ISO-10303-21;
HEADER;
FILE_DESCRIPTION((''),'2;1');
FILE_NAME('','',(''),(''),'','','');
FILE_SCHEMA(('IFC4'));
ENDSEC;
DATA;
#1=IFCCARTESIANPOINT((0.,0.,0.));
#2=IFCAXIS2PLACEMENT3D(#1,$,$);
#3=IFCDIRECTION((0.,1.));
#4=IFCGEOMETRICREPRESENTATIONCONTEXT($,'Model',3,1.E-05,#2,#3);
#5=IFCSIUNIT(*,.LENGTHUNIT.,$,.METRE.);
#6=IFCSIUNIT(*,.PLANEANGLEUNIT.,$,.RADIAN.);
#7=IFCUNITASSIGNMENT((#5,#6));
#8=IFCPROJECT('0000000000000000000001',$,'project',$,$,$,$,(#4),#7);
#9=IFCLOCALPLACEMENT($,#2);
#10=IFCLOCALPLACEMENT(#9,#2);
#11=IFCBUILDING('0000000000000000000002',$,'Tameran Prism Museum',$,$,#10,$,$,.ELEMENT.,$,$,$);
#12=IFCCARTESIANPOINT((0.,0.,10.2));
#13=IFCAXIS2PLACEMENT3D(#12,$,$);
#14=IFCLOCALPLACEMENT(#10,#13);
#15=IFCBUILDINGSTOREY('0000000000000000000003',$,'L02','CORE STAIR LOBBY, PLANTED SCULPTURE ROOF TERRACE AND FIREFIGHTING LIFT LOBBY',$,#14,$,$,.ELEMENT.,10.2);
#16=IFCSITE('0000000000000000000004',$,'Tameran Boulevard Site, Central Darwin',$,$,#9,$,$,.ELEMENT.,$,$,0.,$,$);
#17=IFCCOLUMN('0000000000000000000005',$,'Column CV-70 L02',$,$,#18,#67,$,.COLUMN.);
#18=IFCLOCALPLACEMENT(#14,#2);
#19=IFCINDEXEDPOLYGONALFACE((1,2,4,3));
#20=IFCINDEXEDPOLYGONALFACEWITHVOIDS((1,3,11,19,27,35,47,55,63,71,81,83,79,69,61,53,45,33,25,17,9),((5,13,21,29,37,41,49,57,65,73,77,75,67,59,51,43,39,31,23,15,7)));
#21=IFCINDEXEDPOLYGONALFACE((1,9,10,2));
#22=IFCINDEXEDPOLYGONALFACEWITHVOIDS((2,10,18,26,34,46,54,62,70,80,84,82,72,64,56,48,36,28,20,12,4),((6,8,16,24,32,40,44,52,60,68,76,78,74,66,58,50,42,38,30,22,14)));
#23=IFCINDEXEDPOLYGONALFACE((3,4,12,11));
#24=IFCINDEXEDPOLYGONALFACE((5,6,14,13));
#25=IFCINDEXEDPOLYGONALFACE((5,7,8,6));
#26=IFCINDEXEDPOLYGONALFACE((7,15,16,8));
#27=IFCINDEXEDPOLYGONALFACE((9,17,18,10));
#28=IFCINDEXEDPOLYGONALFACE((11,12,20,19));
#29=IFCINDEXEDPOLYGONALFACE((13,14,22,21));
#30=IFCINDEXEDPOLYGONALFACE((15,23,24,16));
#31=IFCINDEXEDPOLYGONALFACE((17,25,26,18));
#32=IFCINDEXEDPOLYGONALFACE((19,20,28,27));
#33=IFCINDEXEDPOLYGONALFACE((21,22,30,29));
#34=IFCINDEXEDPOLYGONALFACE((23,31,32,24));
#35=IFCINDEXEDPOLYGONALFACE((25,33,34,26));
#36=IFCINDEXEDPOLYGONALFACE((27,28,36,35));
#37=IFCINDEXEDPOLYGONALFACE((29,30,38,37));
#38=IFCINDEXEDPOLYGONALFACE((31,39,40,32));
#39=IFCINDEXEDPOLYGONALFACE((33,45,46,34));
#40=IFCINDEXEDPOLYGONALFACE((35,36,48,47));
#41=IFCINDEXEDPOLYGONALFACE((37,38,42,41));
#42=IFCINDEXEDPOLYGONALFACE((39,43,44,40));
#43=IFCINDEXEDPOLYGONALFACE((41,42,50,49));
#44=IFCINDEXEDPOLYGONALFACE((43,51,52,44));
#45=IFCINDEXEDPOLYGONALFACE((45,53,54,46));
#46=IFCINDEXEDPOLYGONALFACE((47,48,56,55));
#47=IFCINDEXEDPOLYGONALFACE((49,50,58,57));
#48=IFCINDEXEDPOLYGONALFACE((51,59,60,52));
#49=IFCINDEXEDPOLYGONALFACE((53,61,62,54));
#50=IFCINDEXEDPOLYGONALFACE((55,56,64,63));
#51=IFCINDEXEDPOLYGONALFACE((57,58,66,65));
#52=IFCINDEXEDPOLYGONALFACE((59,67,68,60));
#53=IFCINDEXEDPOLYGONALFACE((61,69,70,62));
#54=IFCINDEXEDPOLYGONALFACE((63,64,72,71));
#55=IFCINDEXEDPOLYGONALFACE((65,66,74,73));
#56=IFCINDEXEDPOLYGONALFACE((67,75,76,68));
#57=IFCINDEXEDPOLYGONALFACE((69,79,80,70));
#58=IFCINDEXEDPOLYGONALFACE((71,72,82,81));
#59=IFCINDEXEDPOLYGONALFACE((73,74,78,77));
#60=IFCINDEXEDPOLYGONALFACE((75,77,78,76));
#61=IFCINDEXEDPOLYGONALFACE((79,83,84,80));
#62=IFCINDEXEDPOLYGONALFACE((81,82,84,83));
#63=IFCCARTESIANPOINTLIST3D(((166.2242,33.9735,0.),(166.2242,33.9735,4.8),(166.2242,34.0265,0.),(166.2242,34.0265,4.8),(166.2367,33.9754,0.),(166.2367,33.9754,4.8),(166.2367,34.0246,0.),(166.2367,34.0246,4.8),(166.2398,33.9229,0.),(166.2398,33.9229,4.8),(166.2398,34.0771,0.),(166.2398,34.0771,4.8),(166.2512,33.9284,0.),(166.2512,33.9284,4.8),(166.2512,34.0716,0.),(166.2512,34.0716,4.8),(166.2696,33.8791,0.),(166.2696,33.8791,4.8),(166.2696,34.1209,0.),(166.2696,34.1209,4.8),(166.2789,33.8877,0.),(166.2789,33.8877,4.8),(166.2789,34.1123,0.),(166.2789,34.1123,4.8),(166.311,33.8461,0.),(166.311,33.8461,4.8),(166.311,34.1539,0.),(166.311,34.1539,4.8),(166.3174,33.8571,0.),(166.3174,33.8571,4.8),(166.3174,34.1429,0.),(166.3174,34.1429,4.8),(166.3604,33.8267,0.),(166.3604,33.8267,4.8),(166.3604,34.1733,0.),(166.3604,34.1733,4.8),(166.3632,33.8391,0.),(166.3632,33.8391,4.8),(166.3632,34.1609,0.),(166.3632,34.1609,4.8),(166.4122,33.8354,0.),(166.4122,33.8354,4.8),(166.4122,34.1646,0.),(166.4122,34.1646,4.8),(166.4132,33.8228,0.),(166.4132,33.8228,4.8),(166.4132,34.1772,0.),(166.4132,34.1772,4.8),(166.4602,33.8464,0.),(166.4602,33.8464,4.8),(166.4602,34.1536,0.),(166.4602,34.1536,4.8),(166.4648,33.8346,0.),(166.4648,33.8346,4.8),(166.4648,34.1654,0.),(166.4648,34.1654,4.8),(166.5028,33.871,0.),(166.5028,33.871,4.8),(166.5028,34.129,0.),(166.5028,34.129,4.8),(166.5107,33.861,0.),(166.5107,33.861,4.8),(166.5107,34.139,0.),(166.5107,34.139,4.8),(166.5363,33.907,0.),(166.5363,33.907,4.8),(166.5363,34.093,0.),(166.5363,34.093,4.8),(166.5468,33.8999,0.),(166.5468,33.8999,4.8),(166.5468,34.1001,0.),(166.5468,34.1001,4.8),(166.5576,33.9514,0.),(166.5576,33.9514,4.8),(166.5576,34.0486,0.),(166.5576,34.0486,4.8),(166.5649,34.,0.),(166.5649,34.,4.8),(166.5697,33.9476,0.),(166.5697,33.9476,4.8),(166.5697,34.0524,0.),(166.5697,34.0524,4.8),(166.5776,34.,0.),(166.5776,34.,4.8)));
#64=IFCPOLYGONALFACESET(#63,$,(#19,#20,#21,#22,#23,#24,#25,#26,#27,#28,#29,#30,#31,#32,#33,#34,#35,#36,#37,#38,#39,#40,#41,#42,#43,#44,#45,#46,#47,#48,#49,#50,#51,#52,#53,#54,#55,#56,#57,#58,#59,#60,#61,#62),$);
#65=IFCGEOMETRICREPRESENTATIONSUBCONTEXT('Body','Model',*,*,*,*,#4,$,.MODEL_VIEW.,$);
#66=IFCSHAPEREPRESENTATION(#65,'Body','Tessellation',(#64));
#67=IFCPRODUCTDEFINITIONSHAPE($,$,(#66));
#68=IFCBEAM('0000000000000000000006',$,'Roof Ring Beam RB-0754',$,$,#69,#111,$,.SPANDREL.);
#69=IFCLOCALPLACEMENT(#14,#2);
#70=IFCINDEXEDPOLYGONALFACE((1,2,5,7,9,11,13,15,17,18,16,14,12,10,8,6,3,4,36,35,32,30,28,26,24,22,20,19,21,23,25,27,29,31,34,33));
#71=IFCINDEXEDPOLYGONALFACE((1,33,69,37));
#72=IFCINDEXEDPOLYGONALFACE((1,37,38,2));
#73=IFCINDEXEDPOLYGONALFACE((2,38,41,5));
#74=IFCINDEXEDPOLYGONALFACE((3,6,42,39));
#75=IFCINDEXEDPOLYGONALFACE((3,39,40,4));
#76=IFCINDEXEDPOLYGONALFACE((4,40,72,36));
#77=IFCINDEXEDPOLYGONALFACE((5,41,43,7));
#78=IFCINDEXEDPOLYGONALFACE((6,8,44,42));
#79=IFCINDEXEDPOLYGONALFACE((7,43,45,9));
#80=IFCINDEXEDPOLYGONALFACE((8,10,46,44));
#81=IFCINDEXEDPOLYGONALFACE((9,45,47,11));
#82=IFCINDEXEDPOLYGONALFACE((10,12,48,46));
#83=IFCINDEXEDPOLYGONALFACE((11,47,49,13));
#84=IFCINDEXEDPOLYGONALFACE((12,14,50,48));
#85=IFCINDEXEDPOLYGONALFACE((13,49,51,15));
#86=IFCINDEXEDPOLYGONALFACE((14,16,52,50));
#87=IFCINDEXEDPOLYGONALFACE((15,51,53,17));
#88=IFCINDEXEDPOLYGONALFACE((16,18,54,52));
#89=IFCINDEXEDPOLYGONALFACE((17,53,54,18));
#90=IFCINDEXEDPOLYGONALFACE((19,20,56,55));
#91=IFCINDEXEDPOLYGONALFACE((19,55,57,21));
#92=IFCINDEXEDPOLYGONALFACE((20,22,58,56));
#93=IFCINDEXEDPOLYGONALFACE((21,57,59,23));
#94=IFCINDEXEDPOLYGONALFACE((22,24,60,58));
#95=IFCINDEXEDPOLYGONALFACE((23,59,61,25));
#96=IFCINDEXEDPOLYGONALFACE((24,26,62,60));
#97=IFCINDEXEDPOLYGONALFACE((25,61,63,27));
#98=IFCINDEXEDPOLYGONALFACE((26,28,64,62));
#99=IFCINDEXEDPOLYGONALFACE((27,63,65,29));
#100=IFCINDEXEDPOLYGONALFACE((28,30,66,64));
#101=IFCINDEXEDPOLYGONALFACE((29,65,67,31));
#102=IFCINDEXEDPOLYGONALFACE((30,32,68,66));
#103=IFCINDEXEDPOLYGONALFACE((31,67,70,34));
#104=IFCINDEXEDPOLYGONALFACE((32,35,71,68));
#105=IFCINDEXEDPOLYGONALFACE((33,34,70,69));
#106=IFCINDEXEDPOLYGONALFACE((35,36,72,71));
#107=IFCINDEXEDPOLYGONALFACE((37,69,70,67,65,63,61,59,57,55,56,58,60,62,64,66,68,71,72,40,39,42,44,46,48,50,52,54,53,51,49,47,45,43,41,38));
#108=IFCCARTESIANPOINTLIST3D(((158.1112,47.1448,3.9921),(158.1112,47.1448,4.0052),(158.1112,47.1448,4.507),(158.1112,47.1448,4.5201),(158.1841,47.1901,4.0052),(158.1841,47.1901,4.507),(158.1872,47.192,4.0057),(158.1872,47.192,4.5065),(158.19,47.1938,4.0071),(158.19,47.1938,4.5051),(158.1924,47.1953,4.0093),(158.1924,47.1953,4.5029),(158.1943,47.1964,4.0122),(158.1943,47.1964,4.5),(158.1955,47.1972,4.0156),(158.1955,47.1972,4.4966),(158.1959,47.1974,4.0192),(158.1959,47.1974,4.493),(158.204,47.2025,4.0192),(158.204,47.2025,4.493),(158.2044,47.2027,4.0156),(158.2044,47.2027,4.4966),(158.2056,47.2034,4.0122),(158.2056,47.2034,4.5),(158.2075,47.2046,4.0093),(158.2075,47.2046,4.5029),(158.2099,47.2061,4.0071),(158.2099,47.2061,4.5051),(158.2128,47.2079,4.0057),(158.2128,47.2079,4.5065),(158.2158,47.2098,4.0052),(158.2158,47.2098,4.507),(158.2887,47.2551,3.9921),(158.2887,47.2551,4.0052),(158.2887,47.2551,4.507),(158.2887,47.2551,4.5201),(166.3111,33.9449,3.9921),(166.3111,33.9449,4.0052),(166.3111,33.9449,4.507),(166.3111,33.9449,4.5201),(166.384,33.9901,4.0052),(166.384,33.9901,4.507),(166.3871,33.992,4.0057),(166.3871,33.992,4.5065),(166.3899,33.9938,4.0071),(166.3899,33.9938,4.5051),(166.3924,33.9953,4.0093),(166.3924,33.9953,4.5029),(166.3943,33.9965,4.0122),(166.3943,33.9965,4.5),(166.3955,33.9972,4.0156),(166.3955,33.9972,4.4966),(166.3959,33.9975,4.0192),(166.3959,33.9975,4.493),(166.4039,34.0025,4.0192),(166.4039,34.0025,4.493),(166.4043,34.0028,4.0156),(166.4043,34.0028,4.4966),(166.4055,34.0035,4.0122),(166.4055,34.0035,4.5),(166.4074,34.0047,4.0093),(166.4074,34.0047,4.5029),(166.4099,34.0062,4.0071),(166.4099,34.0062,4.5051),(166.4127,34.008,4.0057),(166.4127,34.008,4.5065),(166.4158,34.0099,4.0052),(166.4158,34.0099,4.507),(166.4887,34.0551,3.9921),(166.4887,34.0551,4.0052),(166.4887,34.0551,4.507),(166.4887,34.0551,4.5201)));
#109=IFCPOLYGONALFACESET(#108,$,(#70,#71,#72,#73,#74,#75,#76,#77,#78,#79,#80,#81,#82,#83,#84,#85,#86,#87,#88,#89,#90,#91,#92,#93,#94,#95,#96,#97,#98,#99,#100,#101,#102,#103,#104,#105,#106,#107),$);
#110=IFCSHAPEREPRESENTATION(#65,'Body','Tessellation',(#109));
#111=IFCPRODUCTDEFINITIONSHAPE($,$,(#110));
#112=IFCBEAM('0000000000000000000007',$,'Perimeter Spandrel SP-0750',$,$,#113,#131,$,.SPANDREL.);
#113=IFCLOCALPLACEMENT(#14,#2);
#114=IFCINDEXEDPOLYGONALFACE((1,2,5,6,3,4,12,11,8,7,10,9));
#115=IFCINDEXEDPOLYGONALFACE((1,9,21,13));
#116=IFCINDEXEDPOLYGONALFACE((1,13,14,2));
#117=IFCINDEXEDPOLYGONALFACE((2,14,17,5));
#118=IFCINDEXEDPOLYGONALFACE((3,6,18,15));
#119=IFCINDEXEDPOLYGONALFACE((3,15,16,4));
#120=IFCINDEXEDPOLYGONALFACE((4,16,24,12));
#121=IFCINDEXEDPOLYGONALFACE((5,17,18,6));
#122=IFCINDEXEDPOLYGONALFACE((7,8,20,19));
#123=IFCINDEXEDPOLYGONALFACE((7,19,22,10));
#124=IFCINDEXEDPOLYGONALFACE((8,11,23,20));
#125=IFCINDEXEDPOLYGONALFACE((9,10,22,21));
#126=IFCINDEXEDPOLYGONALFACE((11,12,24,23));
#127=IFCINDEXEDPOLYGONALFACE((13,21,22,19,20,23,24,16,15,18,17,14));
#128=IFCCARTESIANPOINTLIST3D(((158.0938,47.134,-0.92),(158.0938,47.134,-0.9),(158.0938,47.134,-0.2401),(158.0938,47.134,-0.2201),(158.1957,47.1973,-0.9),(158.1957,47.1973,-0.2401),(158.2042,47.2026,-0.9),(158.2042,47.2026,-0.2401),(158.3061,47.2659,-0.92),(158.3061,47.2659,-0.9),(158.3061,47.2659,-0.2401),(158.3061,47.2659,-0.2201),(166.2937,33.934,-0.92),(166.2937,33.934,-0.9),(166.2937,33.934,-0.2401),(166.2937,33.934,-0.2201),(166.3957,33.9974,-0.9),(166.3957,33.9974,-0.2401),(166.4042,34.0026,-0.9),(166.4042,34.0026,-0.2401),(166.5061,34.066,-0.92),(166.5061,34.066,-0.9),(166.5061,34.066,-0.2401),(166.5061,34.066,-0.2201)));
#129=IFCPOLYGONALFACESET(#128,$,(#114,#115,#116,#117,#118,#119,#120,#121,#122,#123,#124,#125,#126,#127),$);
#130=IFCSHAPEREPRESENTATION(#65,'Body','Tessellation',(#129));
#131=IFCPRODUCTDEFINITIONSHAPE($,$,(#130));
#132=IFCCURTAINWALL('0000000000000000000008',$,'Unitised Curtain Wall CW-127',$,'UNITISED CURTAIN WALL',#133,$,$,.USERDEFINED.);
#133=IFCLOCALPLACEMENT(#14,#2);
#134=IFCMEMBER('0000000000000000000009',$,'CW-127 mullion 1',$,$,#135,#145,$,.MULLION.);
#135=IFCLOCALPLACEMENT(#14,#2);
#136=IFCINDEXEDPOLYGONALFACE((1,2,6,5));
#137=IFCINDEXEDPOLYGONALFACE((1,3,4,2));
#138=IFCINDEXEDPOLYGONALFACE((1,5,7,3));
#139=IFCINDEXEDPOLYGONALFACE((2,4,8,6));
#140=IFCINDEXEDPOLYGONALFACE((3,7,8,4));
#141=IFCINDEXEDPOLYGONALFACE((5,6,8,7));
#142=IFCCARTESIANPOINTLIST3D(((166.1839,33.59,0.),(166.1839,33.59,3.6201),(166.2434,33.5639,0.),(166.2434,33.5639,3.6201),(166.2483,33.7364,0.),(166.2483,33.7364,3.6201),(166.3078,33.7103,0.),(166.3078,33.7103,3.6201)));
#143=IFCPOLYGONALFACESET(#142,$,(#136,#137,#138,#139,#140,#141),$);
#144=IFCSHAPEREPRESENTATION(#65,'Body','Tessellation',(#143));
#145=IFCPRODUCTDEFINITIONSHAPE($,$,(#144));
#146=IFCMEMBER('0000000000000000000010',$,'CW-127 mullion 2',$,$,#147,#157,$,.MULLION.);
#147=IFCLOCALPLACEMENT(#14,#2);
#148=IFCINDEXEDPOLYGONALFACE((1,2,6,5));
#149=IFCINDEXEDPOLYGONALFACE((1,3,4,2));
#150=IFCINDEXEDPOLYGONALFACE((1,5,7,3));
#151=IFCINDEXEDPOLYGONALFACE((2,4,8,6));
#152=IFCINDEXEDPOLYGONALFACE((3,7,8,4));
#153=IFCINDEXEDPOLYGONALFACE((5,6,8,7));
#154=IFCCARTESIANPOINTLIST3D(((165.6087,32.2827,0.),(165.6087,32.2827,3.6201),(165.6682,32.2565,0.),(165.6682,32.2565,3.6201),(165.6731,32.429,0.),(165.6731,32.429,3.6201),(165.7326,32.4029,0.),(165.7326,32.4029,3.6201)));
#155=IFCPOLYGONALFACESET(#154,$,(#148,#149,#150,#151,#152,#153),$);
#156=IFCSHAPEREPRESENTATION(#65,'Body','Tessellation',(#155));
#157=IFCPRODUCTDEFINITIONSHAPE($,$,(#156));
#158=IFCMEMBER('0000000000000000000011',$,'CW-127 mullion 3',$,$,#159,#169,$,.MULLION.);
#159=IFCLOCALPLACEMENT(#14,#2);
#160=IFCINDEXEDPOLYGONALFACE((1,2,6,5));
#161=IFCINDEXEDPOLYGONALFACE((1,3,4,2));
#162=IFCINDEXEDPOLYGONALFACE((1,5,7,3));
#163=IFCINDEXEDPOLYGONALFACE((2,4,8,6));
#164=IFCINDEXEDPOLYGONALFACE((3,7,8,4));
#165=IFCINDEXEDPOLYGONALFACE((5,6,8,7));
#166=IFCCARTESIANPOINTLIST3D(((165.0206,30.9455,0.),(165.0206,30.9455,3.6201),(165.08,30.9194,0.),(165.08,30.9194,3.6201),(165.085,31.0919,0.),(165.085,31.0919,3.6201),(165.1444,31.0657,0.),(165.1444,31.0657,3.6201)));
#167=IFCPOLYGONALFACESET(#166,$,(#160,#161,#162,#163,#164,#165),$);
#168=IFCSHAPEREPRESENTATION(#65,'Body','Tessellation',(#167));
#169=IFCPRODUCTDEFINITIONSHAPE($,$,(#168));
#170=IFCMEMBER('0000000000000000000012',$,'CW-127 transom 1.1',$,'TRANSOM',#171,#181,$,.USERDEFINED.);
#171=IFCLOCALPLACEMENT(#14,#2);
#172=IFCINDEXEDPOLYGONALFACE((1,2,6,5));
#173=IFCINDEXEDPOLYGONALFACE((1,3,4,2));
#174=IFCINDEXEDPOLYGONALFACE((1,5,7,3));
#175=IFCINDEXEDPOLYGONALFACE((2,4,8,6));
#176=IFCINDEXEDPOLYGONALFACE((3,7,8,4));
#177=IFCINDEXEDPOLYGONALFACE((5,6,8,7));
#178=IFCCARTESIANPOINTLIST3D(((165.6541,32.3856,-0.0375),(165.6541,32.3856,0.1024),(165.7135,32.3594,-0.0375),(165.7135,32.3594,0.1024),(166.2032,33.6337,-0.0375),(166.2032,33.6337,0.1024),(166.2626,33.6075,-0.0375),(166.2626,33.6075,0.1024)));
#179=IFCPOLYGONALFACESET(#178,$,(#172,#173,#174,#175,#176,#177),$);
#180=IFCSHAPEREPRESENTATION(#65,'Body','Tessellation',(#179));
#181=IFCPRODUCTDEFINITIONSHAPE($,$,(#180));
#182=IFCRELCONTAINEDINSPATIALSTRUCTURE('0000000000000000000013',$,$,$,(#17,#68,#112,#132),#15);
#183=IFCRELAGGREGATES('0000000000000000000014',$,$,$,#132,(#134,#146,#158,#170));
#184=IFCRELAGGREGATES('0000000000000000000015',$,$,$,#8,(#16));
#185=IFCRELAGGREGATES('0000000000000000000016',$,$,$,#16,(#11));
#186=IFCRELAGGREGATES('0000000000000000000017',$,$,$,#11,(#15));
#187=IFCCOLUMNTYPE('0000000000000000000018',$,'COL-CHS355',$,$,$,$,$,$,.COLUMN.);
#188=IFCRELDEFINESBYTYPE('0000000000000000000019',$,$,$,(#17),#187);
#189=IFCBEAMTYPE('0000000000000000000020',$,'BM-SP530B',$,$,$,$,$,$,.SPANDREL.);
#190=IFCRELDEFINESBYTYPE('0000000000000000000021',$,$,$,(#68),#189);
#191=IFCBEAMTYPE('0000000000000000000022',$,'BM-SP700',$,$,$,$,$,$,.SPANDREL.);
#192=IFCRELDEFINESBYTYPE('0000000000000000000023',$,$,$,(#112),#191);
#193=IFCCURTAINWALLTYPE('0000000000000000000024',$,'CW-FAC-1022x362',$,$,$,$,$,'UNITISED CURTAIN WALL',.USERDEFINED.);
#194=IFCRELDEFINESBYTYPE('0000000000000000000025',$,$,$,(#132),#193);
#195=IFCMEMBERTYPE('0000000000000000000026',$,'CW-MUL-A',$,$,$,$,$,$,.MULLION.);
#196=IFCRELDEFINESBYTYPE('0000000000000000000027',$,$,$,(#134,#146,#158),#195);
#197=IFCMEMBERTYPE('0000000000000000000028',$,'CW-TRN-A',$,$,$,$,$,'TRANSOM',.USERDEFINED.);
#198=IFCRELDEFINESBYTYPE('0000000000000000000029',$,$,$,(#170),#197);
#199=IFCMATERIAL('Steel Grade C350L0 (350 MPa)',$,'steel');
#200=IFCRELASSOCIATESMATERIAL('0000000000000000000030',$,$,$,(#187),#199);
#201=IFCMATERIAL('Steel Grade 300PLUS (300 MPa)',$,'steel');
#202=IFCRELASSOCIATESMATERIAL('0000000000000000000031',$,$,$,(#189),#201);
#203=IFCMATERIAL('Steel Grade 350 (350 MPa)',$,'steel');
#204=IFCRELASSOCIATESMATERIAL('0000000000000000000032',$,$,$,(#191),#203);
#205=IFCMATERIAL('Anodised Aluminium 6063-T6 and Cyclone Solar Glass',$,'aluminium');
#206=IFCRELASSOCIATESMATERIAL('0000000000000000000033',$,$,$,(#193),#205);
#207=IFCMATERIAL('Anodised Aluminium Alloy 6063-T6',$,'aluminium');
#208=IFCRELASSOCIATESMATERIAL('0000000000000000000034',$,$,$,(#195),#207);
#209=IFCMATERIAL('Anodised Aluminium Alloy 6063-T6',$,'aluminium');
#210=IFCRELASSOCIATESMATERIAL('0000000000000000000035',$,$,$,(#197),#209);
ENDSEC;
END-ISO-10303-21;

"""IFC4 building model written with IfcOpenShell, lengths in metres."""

from ifc_helpers import new_model, si_unit, direction, frame, origin, origin_2d, place, context, subcontext, project, spatial, rectangle, hollow_circle, i_section, extrude, material, material_profile, profile_set, type_object, element, aggregate, save


model = new_model("IFC4")

# Units and contexts
model_context = context("Model", 3, precision=1e-05, world=origin(), true_north=direction((0.0, 1.0)))
body_context = subcontext(model_context, "Body", "Model", "MODEL_VIEW")
ifc_project = project(units=[si_unit("LENGTHUNIT", "METRE"), si_unit("PLANEANGLEUNIT", "RADIAN")], contexts=[model_context])

# Site, building, storey
site_placement = place(None, origin())
site = spatial("IfcSite", under=ifc_project, at=site_placement, Name="Tameran Boulevard Site, Central Darwin", CompositionType="ELEMENT", RefElevation=0.0)
building_placement = place(site_placement, origin())
building = spatial("IfcBuilding", under=site, at=building_placement, Name="Tameran Prism Museum", CompositionType="ELEMENT")
storey_placement = place(building_placement, frame((0.0, 0.0, 10.2)))
storey = spatial("IfcBuildingStorey", under=building, at=storey_placement, Name="L02", Description="CORE STAIR LOBBY, PLANTED SCULPTURE ROOF TERRACE AND FIREFIGHTING LIFT LOBBY", CompositionType="ELEMENT", Elevation=10.2)

# Column
ifc_material_1 = material(Name="Steel Grade C350L0 (350 MPa)", Category="steel")
ifc_material_profile_1 = material_profile(ifc_material_1, hollow_circle(Radius=0.1777, WallThickness=0.0127, at=origin_2d()))
ifc_profile_set_1 = profile_set([ifc_material_profile_1])
column_type = type_object("IfcColumnType", Name="COL-CHS355", PredefinedType="COLUMN", material=ifc_profile_set_1)
column_placement = place(storey_placement, frame((166.3999, 34.0, 0.0), z_axis=(0.0, 0.0, 1.0), x_axis=(1.0, 0.0, 0.0)))
element("IfcColumn", 1, at=column_placement, inside=storey, type_object=column_type, Name="Column CV-70 L02", PredefinedType="COLUMN", context=body_context, shape_type="SweptSolid", body=[
    extrude(hollow_circle(Radius=0.1777, WallThickness=0.0127, at=origin_2d()), origin(), (0.0, 0.0, 1.0), 4.8),
])

# Beams
ifc_material_2 = material(Name="Steel Grade 300PLUS (300 MPa)", Category="steel")
ifc_material_profile_2 = material_profile(ifc_material_2, i_section(OverallWidth=0.209, OverallDepth=0.5281, WebThickness=0.0095, FlangeThickness=0.0132, FilletRadius=0.0139, at=origin_2d()))
ifc_profile_set_2 = profile_set([ifc_material_profile_2])
beam_type_1 = type_object("IfcBeamType", Name="BM-SP530B", PredefinedType="SPANDREL", material=ifc_profile_set_2)
beam_1_placement = place(storey_placement, frame((166.3999, 34.0, 4.2561), z_axis=(-0.527682, 0.849442, 0.0), x_axis=(-0.849442, -0.527682, 0.0)))
element("IfcBeam", 2, at=beam_1_placement, inside=storey, type_object=beam_type_1, Name="Roof Ring Beam RB-0754", PredefinedType="SPANDREL", context=body_context, shape_type="SweptSolid", body=[
    extrude(i_section(OverallWidth=0.209, OverallDepth=0.5281, WebThickness=0.0095, FlangeThickness=0.0132, FilletRadius=0.0139, at=origin_2d()), origin(), (0.0, 0.0, 1.0), 15.5396),
])
ifc_material_3 = material(Name="Steel Grade 350 (350 MPa)", Category="steel")
ifc_material_profile_3 = material_profile(ifc_material_3, i_section(OverallWidth=0.25, OverallDepth=0.7, WebThickness=0.01, FlangeThickness=0.02, at=origin_2d()))
ifc_profile_set_3 = profile_set([ifc_material_profile_3])
beam_type_2 = type_object("IfcBeamType", Name="BM-SP700", PredefinedType="SPANDREL", material=ifc_profile_set_3)
beam_2_placement = place(storey_placement, frame((166.3999, 34.0, -0.5701), z_axis=(-0.527682, 0.849442, 0.0), x_axis=(-0.849442, -0.527682, 0.0)))
element("IfcBeam", 3, at=beam_2_placement, inside=storey, type_object=beam_type_2, Name="Perimeter Spandrel SP-0750", PredefinedType="SPANDREL", context=body_context, shape_type="SweptSolid", body=[
    extrude(i_section(OverallWidth=0.25, OverallDepth=0.7, WebThickness=0.01, FlangeThickness=0.02, at=origin_2d()), origin(), (0.0, 0.0, 1.0), 15.5396),
])

# Curtain wall, members
ifc_material_4 = material(Name="Anodised Aluminium 6063-T6 and Cyclone Solar Glass", Category="aluminium")
curtain_wall_type = type_object("IfcCurtainWallType", Name="CW-FAC-1022x362", ElementType="UNITISED CURTAIN WALL", PredefinedType="USERDEFINED", material=ifc_material_4)
curtain_wall_placement = place(storey_placement, origin())
curtain_wall = element("IfcCurtainWall", 4, at=curtain_wall_placement, inside=storey, type_object=curtain_wall_type, Name="Unitised Curtain Wall CW-127", ObjectType="UNITISED CURTAIN WALL", PredefinedType="USERDEFINED")
ifc_material_5 = material(Name="Anodised Aluminium Alloy 6063-T6", Category="aluminium")
ifc_material_profile_4 = material_profile(ifc_material_5, rectangle(XDim=0.0649, YDim=0.1599, at=origin_2d()))
ifc_profile_set_4 = profile_set([ifc_material_profile_4])
member_type_1 = type_object("IfcMemberType", Name="CW-MUL-A", PredefinedType="MULLION", material=ifc_profile_set_4)
member_1_placement = place(storey_placement, frame((166.2458, 33.6501, 0.0), z_axis=(0.0, 0.0, 1.0), x_axis=(0.915329, -0.402706, 0.0)))
member_1 = element("IfcMember", 5, at=member_1_placement, type_object=member_type_1, Name="CW-127 mullion 1", PredefinedType="MULLION", context=body_context, shape_type="SweptSolid", body=[
    extrude(rectangle(XDim=0.0649, YDim=0.1599, at=origin_2d()), origin(), (0.0, 0.0, 1.0), 3.6201),
])
member_2_placement = place(storey_placement, frame((165.6707, 32.3428, 0.0), z_axis=(0.0, 0.0, 1.0), x_axis=(0.915329, -0.402706, 0.0)))
member_2 = element("IfcMember", 6, at=member_2_placement, type_object=member_type_1, Name="CW-127 mullion 2", PredefinedType="MULLION", context=body_context, shape_type="SweptSolid", body=[
    extrude(rectangle(XDim=0.0649, YDim=0.1599, at=origin_2d()), origin(), (0.0, 0.0, 1.0), 3.6201),
])
member_3_placement = place(storey_placement, frame((165.0825, 31.0056, 0.0), z_axis=(0.0, 0.0, 1.0), x_axis=(0.915329, -0.402706, 0.0)))
member_3 = element("IfcMember", 7, at=member_3_placement, type_object=member_type_1, Name="CW-127 mullion 3", PredefinedType="MULLION", context=body_context, shape_type="SweptSolid", body=[
    extrude(rectangle(XDim=0.0649, YDim=0.1599, at=origin_2d()), origin(), (0.0, 0.0, 1.0), 3.6201),
])
ifc_material_6 = material(Name="Anodised Aluminium Alloy 6063-T6", Category="aluminium")
ifc_material_profile_5 = material_profile(ifc_material_6, rectangle(XDim=0.0649, YDim=0.1399, at=origin_2d()))
ifc_profile_set_5 = profile_set([ifc_material_profile_5])
member_type_2 = type_object("IfcMemberType", Name="CW-TRN-A", ElementType="TRANSOM", PredefinedType="USERDEFINED", material=ifc_profile_set_5)
member_4_placement = place(storey_placement, frame((166.2329, 33.6206, 0.0325), z_axis=(-0.402697, -0.915334, 0.0), x_axis=(0.915334, -0.402697, 0.0)))
member_4 = element("IfcMember", 8, at=member_4_placement, type_object=member_type_2, Name="CW-127 transom 1.1", ObjectType="TRANSOM", PredefinedType="USERDEFINED", context=body_context, shape_type="SweptSolid", body=[
    extrude(rectangle(XDim=0.0649, YDim=0.1399, at=origin_2d()), origin(), (0.0, 0.0, 1.0), 1.3635),
])
aggregate(curtain_wall, [member_1, member_2, member_3, member_4])

save(model, "model.ifc")
